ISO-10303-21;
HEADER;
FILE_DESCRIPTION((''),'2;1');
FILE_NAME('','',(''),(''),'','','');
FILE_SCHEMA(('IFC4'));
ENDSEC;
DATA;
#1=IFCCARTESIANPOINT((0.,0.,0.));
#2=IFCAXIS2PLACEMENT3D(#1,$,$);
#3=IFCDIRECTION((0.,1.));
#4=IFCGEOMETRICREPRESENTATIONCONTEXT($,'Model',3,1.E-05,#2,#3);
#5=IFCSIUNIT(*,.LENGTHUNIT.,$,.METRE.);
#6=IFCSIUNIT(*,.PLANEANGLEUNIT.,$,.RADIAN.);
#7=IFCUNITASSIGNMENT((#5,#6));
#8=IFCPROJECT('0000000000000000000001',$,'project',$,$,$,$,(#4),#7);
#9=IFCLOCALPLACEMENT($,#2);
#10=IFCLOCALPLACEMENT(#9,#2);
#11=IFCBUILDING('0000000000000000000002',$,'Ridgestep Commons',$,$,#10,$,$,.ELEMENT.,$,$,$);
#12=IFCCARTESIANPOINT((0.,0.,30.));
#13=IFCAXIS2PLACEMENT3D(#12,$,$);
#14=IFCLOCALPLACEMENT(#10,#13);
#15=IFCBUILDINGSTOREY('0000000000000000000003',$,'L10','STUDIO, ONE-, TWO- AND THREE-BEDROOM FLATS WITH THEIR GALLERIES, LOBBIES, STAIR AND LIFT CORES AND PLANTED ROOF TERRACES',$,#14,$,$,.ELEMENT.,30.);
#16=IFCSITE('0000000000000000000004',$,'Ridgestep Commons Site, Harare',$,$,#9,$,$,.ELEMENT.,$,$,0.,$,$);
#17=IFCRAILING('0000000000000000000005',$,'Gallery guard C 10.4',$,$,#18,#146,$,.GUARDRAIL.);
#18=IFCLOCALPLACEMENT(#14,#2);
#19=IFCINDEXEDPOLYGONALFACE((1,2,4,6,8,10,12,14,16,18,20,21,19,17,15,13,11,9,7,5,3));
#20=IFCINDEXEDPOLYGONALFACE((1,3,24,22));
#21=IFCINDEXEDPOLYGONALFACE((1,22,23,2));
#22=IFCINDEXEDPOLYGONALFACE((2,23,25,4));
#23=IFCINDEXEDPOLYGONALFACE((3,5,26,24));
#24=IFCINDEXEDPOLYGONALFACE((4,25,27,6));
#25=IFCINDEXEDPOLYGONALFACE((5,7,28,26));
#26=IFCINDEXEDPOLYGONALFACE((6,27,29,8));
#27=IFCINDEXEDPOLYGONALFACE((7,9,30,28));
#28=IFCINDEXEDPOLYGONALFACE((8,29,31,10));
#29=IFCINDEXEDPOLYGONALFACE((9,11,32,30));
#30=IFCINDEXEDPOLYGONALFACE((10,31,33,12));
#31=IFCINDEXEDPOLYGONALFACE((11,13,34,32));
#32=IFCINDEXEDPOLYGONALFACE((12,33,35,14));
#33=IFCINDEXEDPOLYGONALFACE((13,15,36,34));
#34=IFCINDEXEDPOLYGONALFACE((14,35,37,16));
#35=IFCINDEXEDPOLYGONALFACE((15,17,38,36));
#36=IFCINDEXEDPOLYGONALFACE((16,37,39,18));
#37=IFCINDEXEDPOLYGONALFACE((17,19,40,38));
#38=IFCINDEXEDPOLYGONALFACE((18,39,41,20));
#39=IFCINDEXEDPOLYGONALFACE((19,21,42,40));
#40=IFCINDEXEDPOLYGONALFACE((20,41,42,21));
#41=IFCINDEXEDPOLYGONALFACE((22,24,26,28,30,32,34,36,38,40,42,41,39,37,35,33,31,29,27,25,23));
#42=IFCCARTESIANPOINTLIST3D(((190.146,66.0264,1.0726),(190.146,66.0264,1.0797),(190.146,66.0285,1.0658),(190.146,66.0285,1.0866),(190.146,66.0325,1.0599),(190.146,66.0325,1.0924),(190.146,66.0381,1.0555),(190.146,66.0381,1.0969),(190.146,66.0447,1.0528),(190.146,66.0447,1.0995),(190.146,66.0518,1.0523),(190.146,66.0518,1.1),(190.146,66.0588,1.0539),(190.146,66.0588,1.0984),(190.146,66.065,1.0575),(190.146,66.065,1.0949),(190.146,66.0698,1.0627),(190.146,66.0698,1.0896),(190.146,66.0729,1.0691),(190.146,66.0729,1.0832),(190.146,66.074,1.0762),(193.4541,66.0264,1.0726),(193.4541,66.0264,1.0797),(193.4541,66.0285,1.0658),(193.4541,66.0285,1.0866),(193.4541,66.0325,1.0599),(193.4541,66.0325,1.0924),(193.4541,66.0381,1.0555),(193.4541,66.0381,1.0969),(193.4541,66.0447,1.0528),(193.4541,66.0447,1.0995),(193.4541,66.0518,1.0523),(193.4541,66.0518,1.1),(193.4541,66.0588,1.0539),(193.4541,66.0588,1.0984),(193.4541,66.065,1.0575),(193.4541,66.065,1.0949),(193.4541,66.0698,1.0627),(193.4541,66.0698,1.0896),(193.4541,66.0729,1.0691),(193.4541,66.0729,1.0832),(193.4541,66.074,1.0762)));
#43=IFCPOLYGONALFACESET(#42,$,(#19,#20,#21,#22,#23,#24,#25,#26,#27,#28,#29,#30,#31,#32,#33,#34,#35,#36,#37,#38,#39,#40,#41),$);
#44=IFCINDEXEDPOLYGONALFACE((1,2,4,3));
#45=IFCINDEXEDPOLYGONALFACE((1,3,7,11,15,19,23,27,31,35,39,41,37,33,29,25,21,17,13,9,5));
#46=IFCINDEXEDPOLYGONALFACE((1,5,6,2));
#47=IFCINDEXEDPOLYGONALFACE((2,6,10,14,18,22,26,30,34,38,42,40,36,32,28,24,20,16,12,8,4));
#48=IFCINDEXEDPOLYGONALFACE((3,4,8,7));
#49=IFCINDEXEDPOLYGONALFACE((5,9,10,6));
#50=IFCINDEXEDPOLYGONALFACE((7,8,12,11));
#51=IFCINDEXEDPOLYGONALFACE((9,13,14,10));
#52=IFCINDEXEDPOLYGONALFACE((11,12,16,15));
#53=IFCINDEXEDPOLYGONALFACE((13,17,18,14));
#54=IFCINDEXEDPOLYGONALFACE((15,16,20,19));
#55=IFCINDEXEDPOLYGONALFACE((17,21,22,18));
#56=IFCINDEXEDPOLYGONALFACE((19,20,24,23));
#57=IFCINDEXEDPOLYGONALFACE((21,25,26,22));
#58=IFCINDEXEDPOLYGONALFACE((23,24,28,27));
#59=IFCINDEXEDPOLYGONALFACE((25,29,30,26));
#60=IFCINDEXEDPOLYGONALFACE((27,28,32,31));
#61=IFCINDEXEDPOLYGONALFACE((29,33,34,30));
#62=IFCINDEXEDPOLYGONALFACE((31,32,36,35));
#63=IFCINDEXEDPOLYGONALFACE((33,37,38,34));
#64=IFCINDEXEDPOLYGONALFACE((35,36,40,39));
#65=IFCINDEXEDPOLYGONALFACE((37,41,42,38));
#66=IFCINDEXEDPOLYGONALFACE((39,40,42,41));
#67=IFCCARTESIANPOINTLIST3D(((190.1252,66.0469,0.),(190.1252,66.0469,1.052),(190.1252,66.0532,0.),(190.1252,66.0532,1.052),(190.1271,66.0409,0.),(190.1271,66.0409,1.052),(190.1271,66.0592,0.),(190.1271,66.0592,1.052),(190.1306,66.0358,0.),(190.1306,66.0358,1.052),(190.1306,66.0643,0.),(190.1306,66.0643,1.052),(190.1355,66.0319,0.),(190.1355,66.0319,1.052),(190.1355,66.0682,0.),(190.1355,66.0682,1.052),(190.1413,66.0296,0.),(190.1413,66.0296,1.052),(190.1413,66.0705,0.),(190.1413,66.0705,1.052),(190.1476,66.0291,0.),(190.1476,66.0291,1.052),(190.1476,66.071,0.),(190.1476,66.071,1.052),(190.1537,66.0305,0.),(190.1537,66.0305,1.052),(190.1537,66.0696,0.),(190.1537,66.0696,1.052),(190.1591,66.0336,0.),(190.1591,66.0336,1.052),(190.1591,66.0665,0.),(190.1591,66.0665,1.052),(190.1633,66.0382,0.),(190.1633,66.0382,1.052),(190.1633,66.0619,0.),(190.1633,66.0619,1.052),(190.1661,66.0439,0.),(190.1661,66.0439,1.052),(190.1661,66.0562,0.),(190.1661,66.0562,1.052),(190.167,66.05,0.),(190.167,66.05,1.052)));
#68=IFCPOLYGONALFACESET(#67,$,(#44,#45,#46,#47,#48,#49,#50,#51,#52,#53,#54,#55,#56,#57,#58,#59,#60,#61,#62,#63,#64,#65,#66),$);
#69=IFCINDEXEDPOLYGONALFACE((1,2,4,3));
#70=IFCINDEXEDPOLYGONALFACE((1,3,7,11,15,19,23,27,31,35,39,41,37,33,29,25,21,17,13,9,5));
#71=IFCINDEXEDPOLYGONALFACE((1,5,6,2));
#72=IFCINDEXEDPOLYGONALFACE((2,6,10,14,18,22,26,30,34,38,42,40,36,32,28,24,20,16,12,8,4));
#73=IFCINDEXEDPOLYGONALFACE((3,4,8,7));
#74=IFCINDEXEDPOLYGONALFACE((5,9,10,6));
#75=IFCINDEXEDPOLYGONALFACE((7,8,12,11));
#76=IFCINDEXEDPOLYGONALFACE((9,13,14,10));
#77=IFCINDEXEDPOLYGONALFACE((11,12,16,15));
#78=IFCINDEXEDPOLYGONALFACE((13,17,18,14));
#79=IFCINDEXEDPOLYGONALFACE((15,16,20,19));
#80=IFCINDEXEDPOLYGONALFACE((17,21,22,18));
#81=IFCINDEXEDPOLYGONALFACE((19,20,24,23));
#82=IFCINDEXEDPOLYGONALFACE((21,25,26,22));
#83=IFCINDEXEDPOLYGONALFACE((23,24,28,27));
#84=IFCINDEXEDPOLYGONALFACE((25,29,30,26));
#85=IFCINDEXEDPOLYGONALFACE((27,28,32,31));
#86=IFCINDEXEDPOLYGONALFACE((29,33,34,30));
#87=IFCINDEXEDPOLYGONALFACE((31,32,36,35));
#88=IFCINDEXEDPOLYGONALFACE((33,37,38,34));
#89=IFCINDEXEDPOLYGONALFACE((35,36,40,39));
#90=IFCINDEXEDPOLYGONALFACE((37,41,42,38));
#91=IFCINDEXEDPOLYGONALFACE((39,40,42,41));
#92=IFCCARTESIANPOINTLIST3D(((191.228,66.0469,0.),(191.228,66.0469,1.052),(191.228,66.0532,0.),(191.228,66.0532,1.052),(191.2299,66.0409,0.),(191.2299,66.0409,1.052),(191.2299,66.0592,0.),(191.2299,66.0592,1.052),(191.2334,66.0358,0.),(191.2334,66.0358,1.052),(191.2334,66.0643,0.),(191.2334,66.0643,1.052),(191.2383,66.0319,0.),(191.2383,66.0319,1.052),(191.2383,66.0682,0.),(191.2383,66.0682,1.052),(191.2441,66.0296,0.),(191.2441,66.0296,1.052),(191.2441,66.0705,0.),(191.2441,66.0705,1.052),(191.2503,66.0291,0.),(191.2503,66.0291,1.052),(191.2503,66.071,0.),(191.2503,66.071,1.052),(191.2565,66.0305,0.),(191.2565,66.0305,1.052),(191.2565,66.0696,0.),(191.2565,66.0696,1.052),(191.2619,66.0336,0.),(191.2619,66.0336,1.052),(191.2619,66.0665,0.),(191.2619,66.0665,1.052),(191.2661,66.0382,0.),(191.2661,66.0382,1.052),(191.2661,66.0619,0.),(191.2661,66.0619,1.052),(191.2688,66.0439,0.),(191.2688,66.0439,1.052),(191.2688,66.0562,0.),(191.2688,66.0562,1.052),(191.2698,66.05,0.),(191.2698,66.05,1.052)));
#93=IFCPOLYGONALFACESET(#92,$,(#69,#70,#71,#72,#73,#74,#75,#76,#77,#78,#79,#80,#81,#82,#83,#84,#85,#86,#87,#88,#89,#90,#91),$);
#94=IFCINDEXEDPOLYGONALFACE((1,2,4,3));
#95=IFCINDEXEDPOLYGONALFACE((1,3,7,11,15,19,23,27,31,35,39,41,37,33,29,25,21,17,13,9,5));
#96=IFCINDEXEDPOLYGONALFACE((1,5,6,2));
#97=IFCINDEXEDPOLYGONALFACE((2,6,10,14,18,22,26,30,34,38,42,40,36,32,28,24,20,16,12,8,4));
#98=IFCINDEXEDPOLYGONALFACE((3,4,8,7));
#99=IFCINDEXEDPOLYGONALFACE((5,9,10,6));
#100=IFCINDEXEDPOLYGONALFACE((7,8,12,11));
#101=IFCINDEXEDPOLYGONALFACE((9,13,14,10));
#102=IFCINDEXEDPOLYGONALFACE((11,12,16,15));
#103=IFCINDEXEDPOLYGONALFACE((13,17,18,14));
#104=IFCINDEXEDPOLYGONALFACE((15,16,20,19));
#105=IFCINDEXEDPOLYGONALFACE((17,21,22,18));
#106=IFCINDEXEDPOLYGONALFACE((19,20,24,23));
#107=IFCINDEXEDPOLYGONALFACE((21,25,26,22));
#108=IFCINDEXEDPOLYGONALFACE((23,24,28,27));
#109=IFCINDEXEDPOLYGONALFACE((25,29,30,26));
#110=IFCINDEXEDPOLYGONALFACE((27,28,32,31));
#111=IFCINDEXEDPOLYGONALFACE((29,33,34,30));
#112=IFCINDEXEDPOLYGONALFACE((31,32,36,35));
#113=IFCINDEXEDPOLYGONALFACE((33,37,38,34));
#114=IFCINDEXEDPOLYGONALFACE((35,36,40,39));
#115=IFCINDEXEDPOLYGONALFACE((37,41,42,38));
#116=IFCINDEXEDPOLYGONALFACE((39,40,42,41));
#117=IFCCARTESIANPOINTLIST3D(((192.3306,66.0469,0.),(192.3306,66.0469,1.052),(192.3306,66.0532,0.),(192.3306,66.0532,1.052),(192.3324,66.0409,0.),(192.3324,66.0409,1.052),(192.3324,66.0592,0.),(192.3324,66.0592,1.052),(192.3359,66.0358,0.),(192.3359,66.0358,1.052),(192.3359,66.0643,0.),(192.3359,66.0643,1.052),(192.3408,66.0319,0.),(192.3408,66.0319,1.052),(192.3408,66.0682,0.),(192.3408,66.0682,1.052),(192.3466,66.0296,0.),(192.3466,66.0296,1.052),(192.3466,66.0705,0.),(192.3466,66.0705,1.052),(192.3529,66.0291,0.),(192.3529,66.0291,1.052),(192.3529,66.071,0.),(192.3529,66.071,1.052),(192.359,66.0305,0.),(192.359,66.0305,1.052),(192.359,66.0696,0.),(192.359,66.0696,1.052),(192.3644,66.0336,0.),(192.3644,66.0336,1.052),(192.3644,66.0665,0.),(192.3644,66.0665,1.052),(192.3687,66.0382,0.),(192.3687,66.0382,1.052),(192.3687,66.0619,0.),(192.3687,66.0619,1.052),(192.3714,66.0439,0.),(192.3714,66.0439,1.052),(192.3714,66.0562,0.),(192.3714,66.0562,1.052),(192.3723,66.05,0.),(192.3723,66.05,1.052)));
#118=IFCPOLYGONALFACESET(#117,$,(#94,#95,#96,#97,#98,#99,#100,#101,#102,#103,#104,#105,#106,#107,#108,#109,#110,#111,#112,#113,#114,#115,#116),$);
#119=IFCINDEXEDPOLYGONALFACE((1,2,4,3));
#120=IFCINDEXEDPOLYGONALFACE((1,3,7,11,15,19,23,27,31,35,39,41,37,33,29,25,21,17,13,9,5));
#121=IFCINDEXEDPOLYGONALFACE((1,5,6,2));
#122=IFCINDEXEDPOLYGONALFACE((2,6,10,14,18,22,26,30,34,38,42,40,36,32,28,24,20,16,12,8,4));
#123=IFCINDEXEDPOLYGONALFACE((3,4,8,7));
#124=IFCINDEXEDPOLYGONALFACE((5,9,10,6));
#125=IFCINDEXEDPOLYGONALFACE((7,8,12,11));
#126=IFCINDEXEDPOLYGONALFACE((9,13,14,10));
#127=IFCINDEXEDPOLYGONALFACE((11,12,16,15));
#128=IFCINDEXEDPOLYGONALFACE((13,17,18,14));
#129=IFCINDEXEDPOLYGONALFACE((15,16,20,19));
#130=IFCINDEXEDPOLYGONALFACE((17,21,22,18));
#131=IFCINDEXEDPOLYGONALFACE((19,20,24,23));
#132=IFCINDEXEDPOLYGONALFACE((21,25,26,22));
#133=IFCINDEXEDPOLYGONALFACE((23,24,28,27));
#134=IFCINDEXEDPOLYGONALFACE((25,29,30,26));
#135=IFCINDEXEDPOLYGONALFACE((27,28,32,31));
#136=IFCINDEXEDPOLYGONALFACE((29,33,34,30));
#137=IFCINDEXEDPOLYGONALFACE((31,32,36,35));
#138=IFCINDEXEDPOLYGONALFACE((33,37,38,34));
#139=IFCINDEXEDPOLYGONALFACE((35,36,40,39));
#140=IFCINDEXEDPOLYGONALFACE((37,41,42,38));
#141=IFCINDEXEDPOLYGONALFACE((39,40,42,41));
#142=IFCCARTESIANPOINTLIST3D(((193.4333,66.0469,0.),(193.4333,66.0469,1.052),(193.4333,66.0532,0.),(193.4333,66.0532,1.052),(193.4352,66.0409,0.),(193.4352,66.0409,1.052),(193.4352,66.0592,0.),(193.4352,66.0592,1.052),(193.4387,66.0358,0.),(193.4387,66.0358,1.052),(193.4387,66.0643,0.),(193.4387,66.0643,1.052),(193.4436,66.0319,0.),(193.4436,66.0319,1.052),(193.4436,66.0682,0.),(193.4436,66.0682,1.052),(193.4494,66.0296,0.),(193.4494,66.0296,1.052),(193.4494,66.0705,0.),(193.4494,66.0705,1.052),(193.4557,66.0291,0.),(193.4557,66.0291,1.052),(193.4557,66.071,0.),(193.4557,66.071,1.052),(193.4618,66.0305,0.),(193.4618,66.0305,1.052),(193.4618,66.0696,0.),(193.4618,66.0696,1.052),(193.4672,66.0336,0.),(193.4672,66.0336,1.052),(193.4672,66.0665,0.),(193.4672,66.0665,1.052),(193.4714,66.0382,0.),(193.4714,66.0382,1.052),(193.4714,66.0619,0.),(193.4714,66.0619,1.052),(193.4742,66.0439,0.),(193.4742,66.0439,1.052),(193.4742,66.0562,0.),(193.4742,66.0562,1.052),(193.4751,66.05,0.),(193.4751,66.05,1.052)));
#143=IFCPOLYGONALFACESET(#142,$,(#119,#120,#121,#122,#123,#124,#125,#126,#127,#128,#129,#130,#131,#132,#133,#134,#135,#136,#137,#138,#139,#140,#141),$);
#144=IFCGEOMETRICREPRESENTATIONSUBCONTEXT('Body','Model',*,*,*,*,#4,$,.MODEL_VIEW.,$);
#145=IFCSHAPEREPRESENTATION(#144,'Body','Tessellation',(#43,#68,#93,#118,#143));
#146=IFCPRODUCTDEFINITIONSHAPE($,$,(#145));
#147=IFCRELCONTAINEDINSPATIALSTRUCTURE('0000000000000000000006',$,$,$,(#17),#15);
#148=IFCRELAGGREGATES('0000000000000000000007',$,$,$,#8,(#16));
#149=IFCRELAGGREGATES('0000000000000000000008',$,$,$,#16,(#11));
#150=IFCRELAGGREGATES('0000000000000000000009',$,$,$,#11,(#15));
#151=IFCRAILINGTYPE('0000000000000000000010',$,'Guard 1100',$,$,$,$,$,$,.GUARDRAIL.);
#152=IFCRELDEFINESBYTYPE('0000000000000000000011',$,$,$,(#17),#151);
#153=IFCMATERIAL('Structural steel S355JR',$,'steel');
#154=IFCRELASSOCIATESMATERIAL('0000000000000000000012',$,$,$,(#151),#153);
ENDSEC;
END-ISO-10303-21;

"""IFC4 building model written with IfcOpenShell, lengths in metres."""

from ifc_helpers import new_model, si_unit, direction, frame, origin, origin_2d, place, context, subcontext, project, spatial, circle, extrude, material, type_object, element, save


model = new_model("IFC4")

# Units and contexts
model_context = context("Model", 3, precision=1e-05, world=origin(), true_north=direction((0.0, 1.0)))
body_context = subcontext(model_context, "Body", "Model", "MODEL_VIEW")
ifc_project = project(units=[si_unit("LENGTHUNIT", "METRE"), si_unit("PLANEANGLEUNIT", "RADIAN")], contexts=[model_context])

# Site, building, storey
site_placement = place(None, origin())
site = spatial("IfcSite", under=ifc_project, at=site_placement, Name="Ridgestep Commons Site, Harare", CompositionType="ELEMENT", RefElevation=0.0)
building_placement = place(site_placement, origin())
building = spatial("IfcBuilding", under=site, at=building_placement, Name="Ridgestep Commons", CompositionType="ELEMENT")
storey_placement = place(building_placement, frame((0.0, 0.0, 30.0)))
storey = spatial("IfcBuildingStorey", under=building, at=storey_placement, Name="L10", Description="STUDIO, ONE-, TWO- AND THREE-BEDROOM FLATS WITH THEIR GALLERIES, LOBBIES, STAIR AND LIFT CORES AND PLANTED ROOF TERRACES", CompositionType="ELEMENT", Elevation=30.0)

# Railing
ifc_material_1 = material(Name="Structural steel S355JR", Category="steel")
railing_type_1 = type_object("IfcRailingType", Name="Guard 1100", PredefinedType="GUARDRAIL", material=ifc_material_1)
for number, where, name in (
    (1, (190.146, 66.05, 0.0), "Gallery guard C 10.4"),
):
    element("IfcRailing", number, at=place(storey_placement, frame(where)), inside=storey, type_object=railing_type_1, Name=name, PredefinedType="GUARDRAIL", context=body_context, shape_type="SweptSolid", body=[
        extrude(circle(Radius=0.0239, at=origin_2d()), frame((0.0, 0.0, 1.0762), z_axis=(1.0, 0.0, 0.0), x_axis=(0.0, 1.0, 0.0)), (0.0, 0.0, 1.0), 3.3081),
        extrude(circle(Radius=0.021, at=origin_2d()), origin(), (0.0, 0.0, 1.0), 1.052),
        extrude(circle(Radius=0.021, at=origin_2d()), frame((1.1028, 0.0, 0.0)), (0.0, 0.0, 1.0), 1.052),
        extrude(circle(Radius=0.021, at=origin_2d()), frame((2.2053, 0.0, 0.0)), (0.0, 0.0, 1.0), 1.052),
        extrude(circle(Radius=0.021, at=origin_2d()), frame((3.3081, 0.0, 0.0)), (0.0, 0.0, 1.0), 1.052),
    ])

save(model, "model.ifc")
